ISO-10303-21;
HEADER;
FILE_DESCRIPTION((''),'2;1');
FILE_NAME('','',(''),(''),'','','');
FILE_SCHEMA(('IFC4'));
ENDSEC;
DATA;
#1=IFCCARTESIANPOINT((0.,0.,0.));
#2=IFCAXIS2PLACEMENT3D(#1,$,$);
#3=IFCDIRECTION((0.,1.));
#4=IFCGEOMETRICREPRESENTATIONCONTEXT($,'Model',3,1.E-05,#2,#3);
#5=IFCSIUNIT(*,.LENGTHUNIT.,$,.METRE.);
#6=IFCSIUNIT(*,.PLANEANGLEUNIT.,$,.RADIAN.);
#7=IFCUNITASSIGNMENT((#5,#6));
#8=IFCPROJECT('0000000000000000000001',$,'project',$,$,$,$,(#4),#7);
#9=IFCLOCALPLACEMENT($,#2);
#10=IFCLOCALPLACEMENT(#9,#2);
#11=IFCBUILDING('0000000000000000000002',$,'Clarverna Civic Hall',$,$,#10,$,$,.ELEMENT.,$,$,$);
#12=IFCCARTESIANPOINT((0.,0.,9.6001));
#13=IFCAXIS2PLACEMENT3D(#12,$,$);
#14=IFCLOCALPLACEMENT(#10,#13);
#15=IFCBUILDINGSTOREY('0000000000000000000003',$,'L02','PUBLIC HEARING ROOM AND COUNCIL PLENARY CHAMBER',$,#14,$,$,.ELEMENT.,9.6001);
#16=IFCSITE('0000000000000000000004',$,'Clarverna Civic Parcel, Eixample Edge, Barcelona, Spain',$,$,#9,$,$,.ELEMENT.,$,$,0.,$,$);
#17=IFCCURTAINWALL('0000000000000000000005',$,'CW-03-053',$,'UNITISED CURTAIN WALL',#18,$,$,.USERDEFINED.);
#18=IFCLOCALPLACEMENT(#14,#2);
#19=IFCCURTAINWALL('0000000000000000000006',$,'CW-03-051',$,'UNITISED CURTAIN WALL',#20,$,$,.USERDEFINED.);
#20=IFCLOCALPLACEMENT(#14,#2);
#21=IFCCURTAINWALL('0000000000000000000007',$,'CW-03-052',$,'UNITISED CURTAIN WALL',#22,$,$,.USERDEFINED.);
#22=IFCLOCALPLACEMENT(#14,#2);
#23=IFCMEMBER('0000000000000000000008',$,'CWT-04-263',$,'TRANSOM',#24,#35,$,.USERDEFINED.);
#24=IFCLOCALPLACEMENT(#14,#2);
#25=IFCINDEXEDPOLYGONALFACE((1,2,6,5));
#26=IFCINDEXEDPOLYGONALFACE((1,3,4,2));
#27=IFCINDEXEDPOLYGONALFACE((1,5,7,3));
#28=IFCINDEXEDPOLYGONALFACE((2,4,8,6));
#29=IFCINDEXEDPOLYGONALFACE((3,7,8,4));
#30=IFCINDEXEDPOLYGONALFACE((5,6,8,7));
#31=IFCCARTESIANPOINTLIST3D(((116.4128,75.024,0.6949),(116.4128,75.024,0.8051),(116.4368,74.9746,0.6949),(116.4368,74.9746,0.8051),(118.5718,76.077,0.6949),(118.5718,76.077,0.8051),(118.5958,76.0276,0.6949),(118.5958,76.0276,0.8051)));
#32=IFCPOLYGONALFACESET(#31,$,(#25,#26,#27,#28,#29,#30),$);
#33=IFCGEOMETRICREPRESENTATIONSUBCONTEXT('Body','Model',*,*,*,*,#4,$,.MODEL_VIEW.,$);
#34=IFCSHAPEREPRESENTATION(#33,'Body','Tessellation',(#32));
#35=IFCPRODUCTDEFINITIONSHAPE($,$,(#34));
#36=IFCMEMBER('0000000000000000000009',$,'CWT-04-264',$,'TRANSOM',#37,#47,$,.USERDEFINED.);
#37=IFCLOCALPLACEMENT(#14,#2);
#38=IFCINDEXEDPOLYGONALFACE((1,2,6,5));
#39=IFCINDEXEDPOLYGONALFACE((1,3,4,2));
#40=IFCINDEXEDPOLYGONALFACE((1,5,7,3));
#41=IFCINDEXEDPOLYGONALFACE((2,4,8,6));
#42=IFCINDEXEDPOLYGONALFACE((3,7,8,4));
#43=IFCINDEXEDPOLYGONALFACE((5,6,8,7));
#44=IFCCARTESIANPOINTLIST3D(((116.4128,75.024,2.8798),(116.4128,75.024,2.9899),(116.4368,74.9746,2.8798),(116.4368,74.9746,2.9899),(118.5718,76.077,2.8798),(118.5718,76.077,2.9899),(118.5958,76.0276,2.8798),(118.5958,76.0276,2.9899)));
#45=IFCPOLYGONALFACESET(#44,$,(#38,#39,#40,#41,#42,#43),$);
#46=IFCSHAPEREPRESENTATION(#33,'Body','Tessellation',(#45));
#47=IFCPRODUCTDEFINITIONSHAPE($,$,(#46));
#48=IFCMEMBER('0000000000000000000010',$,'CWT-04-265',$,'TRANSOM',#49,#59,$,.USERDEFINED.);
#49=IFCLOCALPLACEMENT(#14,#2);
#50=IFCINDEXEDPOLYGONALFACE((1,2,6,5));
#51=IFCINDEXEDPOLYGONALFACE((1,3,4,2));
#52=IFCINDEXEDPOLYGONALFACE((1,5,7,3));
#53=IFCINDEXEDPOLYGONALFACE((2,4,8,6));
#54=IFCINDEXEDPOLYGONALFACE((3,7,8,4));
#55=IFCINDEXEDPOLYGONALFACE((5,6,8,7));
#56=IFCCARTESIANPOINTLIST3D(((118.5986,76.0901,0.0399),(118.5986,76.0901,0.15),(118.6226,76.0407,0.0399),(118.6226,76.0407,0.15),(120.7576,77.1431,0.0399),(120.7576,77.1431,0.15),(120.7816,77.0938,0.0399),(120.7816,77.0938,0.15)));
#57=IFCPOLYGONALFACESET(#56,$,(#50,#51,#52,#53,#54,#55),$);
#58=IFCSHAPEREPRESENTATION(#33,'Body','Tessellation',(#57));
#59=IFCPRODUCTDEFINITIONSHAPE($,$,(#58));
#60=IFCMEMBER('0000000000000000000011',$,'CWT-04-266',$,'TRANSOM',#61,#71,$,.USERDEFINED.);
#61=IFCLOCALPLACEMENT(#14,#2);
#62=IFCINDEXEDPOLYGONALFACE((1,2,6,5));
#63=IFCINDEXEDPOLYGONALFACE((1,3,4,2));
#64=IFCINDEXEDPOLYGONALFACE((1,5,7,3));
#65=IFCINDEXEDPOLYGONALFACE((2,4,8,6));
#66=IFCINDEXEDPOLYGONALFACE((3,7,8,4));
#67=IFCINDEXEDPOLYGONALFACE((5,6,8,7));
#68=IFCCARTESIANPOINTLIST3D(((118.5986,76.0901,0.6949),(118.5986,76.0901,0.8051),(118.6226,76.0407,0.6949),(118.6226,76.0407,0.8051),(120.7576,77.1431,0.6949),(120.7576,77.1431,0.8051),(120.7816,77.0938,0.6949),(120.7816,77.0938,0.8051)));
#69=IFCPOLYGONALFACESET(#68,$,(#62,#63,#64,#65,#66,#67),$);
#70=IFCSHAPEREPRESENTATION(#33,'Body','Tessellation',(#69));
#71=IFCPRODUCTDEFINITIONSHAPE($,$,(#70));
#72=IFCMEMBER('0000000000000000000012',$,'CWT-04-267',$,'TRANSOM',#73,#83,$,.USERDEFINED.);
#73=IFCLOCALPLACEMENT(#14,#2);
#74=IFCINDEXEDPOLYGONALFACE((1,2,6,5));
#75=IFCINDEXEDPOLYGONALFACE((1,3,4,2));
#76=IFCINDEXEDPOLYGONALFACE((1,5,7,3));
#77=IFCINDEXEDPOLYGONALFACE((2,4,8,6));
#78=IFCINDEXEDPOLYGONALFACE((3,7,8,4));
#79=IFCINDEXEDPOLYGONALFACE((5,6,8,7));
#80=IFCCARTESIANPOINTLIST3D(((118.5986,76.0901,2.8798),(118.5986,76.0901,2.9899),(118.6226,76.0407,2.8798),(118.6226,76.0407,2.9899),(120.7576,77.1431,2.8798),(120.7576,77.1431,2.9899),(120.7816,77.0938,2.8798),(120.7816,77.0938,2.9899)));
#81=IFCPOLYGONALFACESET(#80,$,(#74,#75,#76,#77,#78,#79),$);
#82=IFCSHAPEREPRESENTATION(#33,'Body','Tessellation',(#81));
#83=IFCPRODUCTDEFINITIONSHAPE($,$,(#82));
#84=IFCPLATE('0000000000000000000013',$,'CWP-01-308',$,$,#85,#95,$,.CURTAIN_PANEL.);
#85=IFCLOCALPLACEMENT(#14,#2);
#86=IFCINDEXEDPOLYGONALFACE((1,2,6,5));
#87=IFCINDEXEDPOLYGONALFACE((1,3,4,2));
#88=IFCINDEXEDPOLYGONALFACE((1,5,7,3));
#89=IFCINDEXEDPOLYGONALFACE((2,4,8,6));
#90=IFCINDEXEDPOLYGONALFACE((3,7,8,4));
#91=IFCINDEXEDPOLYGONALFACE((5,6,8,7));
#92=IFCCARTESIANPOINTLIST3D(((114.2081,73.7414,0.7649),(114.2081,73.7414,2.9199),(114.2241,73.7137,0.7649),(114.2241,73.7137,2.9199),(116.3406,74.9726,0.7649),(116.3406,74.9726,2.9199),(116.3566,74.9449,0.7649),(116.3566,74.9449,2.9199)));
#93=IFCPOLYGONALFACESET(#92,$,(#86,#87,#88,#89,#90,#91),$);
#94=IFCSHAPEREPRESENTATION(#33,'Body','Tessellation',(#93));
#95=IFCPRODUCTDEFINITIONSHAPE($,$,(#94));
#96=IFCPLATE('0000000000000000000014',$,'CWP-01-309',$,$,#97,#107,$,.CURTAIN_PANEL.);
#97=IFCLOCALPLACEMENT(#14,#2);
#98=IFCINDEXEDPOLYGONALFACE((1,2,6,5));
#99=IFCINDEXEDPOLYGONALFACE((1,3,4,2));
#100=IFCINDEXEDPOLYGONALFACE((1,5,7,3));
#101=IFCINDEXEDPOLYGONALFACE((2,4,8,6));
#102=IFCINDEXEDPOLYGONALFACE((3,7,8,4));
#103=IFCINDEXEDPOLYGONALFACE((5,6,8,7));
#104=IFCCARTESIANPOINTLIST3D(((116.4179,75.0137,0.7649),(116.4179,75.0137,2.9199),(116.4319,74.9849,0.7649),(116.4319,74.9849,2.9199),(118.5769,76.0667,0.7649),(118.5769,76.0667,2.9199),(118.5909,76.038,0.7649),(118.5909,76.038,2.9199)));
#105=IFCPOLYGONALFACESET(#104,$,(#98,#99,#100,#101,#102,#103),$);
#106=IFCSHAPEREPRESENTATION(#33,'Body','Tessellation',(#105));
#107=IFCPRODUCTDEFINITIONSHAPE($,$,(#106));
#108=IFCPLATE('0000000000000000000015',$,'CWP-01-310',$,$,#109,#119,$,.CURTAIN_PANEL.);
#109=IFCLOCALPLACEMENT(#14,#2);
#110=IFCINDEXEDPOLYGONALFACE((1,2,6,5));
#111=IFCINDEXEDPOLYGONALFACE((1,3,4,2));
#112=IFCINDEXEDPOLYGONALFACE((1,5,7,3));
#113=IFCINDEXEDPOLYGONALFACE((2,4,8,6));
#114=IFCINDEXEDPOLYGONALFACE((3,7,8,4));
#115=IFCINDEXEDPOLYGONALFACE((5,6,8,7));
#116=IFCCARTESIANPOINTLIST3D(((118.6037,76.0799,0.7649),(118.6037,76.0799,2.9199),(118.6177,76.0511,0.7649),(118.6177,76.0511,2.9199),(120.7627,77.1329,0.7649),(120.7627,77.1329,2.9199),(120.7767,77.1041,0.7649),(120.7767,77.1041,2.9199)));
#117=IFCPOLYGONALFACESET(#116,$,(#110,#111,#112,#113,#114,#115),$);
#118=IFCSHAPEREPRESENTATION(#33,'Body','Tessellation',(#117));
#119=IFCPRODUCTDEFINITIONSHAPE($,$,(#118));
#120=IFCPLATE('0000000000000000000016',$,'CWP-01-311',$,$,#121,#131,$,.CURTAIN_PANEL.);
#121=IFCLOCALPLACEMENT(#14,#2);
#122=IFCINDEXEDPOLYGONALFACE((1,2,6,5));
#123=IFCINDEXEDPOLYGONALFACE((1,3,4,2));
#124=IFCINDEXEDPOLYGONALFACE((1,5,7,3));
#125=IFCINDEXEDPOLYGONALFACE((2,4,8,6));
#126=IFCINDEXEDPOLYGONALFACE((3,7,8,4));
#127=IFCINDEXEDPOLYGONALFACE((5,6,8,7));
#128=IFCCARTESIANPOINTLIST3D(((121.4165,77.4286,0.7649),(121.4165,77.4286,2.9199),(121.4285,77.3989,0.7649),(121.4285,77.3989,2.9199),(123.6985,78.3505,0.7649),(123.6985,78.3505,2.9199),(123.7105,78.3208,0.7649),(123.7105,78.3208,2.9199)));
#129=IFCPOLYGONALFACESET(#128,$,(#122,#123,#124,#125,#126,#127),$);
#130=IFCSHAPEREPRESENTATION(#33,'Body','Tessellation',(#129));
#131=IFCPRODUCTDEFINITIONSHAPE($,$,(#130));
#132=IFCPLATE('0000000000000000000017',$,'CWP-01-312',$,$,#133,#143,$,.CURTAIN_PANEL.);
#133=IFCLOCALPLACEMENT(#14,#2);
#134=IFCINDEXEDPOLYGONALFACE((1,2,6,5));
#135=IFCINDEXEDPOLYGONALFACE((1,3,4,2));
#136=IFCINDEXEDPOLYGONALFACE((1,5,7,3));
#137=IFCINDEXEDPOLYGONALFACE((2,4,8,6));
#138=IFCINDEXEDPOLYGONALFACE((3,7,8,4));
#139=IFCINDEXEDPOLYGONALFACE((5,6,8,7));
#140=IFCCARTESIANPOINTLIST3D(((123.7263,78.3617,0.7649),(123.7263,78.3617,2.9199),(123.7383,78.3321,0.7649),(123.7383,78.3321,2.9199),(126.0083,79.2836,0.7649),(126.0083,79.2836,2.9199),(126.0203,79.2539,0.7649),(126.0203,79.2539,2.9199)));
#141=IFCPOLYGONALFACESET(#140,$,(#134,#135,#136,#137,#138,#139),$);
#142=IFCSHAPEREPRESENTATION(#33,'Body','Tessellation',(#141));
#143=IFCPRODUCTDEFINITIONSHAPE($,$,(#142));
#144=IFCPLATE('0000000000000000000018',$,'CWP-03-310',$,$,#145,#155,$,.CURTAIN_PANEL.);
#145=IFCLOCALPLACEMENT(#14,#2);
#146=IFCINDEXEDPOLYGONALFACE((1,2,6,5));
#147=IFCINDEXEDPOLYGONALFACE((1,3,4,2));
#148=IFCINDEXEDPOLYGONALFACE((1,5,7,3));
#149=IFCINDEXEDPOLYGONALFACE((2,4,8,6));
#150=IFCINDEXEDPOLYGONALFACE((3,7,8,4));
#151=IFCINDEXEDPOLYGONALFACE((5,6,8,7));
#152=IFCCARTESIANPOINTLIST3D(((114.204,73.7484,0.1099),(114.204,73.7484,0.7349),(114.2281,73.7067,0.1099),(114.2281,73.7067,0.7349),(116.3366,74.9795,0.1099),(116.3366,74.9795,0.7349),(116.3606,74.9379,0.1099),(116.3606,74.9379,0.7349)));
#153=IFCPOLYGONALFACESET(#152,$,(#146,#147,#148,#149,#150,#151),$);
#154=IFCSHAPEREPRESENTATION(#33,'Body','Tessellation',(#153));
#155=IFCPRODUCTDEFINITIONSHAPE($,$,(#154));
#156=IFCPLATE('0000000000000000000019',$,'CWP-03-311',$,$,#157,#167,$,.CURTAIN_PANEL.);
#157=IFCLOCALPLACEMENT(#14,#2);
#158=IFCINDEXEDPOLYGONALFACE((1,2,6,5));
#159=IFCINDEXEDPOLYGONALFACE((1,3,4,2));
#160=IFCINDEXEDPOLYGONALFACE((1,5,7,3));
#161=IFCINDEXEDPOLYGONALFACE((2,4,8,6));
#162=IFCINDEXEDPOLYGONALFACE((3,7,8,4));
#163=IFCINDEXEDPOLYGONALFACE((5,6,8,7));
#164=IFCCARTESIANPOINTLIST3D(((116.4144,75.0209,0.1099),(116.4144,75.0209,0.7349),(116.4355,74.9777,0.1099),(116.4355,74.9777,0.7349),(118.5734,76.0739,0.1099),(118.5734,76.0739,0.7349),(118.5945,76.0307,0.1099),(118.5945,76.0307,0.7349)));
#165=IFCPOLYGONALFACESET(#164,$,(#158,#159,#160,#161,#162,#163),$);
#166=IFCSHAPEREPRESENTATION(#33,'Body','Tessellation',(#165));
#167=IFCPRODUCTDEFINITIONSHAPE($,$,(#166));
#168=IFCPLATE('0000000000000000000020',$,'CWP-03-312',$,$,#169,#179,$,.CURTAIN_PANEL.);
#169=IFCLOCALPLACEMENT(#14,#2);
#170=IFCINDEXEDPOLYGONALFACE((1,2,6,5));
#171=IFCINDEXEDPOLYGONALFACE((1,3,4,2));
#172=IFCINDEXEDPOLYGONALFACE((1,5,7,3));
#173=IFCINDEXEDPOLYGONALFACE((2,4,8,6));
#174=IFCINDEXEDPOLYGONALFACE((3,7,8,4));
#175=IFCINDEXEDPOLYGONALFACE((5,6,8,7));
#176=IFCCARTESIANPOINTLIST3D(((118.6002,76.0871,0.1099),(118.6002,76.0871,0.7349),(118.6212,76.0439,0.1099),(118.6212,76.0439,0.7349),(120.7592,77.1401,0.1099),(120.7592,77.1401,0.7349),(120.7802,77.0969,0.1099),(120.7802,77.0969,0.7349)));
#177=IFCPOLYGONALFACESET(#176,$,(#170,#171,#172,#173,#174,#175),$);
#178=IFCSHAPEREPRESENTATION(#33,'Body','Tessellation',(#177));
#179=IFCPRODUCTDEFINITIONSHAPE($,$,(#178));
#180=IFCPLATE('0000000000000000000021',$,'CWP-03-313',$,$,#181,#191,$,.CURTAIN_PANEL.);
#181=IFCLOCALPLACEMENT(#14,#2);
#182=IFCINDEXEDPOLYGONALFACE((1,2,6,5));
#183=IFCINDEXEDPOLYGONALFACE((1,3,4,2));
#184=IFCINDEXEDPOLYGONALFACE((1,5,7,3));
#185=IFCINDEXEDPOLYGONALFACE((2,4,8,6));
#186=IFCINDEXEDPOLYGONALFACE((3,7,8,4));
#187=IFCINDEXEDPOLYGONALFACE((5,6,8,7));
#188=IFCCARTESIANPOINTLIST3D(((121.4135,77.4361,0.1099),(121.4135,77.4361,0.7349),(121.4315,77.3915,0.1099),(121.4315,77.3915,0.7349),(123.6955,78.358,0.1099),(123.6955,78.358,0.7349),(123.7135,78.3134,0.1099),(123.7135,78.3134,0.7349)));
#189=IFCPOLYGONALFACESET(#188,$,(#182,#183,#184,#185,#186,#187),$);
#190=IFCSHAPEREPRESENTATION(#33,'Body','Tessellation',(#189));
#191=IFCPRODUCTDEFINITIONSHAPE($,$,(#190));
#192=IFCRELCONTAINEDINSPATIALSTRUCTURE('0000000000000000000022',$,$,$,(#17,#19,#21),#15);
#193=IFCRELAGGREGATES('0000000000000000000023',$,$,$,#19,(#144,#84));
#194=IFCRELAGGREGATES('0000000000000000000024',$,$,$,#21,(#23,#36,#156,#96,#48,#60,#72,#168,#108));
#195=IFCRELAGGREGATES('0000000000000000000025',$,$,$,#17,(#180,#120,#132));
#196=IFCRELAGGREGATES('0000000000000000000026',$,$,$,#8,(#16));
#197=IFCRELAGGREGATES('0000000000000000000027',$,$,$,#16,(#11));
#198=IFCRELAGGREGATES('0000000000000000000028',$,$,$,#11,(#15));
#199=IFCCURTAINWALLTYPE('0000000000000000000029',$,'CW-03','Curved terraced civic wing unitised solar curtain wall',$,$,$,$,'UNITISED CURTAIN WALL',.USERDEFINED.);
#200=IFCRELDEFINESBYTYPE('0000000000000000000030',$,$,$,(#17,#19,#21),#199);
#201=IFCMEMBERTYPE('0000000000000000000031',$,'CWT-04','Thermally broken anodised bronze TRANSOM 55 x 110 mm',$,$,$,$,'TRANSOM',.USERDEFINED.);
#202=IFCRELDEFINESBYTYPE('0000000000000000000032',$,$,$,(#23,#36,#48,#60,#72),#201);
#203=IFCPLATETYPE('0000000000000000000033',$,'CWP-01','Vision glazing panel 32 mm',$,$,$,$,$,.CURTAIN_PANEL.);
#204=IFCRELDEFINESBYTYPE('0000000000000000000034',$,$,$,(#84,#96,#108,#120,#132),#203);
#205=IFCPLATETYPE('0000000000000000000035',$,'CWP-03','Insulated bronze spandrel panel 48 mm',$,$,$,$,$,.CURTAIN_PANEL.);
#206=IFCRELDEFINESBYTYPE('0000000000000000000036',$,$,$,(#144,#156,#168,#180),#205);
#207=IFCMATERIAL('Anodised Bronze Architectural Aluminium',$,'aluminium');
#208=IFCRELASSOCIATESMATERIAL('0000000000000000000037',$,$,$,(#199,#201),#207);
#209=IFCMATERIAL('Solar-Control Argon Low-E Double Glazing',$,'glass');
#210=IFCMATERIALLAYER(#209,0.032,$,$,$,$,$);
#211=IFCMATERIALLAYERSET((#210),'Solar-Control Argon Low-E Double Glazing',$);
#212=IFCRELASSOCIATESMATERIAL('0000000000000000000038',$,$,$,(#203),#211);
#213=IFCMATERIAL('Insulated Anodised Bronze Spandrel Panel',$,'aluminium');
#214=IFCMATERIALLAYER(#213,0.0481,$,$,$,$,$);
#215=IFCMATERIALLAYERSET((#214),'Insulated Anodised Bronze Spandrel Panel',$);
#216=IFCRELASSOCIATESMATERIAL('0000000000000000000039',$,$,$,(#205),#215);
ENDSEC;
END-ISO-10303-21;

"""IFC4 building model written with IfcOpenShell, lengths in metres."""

from ifc_helpers import new_model, si_unit, direction, frame, frame_2d, origin, origin_2d, place, context, subcontext, project, spatial, rectangle, extrude, material, layer, layer_set, material_profile, profile_set, type_object, element, aggregate, save


model = new_model("IFC4")

# Units and contexts
model_context = context("Model", 3, precision=1e-05, world=origin(), true_north=direction((0.0, 1.0)))
body_context = subcontext(model_context, "Body", "Model", "MODEL_VIEW")
ifc_project = project(units=[si_unit("LENGTHUNIT", "METRE"), si_unit("PLANEANGLEUNIT", "RADIAN")], contexts=[model_context])

# Site, building, storey
site_placement = place(None, origin())
site = spatial("IfcSite", under=ifc_project, at=site_placement, Name="Clarverna Civic Parcel, Eixample Edge, Barcelona, Spain", CompositionType="ELEMENT", RefElevation=0.0)
building_placement = place(site_placement, origin())
building = spatial("IfcBuilding", under=site, at=building_placement, Name="Clarverna Civic Hall", CompositionType="ELEMENT")
storey_placement = place(building_placement, frame((0.0, 0.0, 9.6001)))
storey = spatial("IfcBuildingStorey", under=building, at=storey_placement, Name="L02", Description="PUBLIC HEARING ROOM AND COUNCIL PLENARY CHAMBER", CompositionType="ELEMENT", Elevation=9.6001)

# Curtain wall
ifc_material_1 = material(Name="Anodised Bronze Architectural Aluminium", Category="aluminium")
curtain_wall_type = type_object("IfcCurtainWallType", Name="CW-03", Description="Curved terraced civic wing unitised solar curtain wall", ElementType="UNITISED CURTAIN WALL", PredefinedType="USERDEFINED", material=ifc_material_1)
curtain_wall_1_placement = place(storey_placement, origin())
curtain_wall_1 = element("IfcCurtainWall", 1, at=curtain_wall_1_placement, inside=storey, type_object=curtain_wall_type, Name="CW-03-053", ObjectType="UNITISED CURTAIN WALL", PredefinedType="USERDEFINED")

# Curtain walls
curtain_wall_2_placement = place(storey_placement, origin())
curtain_wall_2 = element("IfcCurtainWall", 2, at=curtain_wall_2_placement, inside=storey, type_object=curtain_wall_type, Name="CW-03-051", ObjectType="UNITISED CURTAIN WALL", PredefinedType="USERDEFINED")
curtain_wall_3_placement = place(storey_placement, origin())
curtain_wall_3 = element("IfcCurtainWall", 3, at=curtain_wall_3_placement, inside=storey, type_object=curtain_wall_type, Name="CW-03-052", ObjectType="UNITISED CURTAIN WALL", PredefinedType="USERDEFINED")

# Members
ifc_material_profile_1 = material_profile(ifc_material_1, rectangle(XDim=0.0549, YDim=0.1101, at=origin_2d()), Name="BRONZE 55x110")
ifc_profile_set_1 = profile_set([ifc_material_profile_1], Name="Anodised Bronze Architectural Aluminium")
member_type_1 = type_object("IfcMemberType", Name="CWT-04", Description="Thermally broken anodised bronze TRANSOM 55 x 110 mm", ElementType="TRANSOM", PredefinedType="USERDEFINED", material=ifc_profile_set_1)
member_1_placement = place(storey_placement, frame((116.4248, 74.9993, 0.75), z_axis=(0.898795, 0.43837, 0.0), x_axis=(-0.43837, 0.898795, 0.0)))
member_1 = element("IfcMember", 4, at=member_1_placement, type_object=member_type_1, Name="CWT-04-263", ObjectType="TRANSOM", PredefinedType="USERDEFINED", context=body_context, shape_type="SweptSolid", body=[
    extrude(rectangle(XDim=0.0549, YDim=0.1101, at=origin_2d()), origin(), (0.0, 0.0, 1.0), 2.4021),
])
member_2_placement = place(storey_placement, frame((116.4248, 74.9993, 2.9348), z_axis=(0.898795, 0.43837, 0.0), x_axis=(-0.43837, 0.898795, 0.0)))
member_2 = element("IfcMember", 5, at=member_2_placement, type_object=member_type_1, Name="CWT-04-264", ObjectType="TRANSOM", PredefinedType="USERDEFINED", context=body_context, shape_type="SweptSolid", body=[
    extrude(rectangle(XDim=0.0549, YDim=0.1101, at=origin_2d()), origin(), (0.0, 0.0, 1.0), 2.4021),
])
member_3_placement = place(storey_placement, frame((118.6106, 76.0654, 0.095), z_axis=(0.898795, 0.43837, 0.0), x_axis=(-0.43837, 0.898795, 0.0)))
member_3 = element("IfcMember", 6, at=member_3_placement, type_object=member_type_1, Name="CWT-04-265", ObjectType="TRANSOM", PredefinedType="USERDEFINED", context=body_context, shape_type="SweptSolid", body=[
    extrude(rectangle(XDim=0.0549, YDim=0.1101, at=origin_2d()), origin(), (0.0, 0.0, 1.0), 2.4021),
])
member_4_placement = place(storey_placement, frame((118.6106, 76.0654, 0.75), z_axis=(0.898795, 0.43837, 0.0), x_axis=(-0.43837, 0.898795, 0.0)))
member_4 = element("IfcMember", 7, at=member_4_placement, type_object=member_type_1, Name="CWT-04-266", ObjectType="TRANSOM", PredefinedType="USERDEFINED", context=body_context, shape_type="SweptSolid", body=[
    extrude(rectangle(XDim=0.0549, YDim=0.1101, at=origin_2d()), origin(), (0.0, 0.0, 1.0), 2.4021),
])
member_5_placement = place(storey_placement, frame((118.6106, 76.0654, 2.9348), z_axis=(0.898795, 0.43837, 0.0), x_axis=(-0.43837, 0.898795, 0.0)))
member_5 = element("IfcMember", 8, at=member_5_placement, type_object=member_type_1, Name="CWT-04-267", ObjectType="TRANSOM", PredefinedType="USERDEFINED", context=body_context, shape_type="SweptSolid", body=[
    extrude(rectangle(XDim=0.0549, YDim=0.1101, at=origin_2d()), origin(), (0.0, 0.0, 1.0), 2.4021),
])

# Plates
ifc_material_2 = material(Name="Solar-Control Argon Low-E Double Glazing", Category="glass")
ifc_layer_1 = layer(ifc_material_2, 0.032)
ifc_layer_set_1 = layer_set([ifc_layer_1], Name="Solar-Control Argon Low-E Double Glazing")
plate_type_1 = type_object("IfcPlateType", Name="CWP-01", Description="Vision glazing panel 32 mm", PredefinedType="CURTAIN_PANEL", material=ifc_layer_set_1)
plate_1_placement = place(storey_placement, frame((114.2161, 73.7275, 0.7649), z_axis=(0.0, 0.0, 1.0), x_axis=(0.866032, 0.499989, 0.0)))
plate_1 = element("IfcPlate", 9, at=plate_1_placement, type_object=plate_type_1, Name="CWP-01-308", PredefinedType="CURTAIN_PANEL", context=body_context, shape_type="SweptSolid", body=[
    extrude(rectangle(XDim=2.4624, YDim=0.032, at=frame_2d((1.2312, 0.0))), origin(), (0.0, 0.0, 1.0), 2.155),
])
plate_2_placement = place(storey_placement, frame((116.4248, 74.9993, 0.7649), z_axis=(0.0, 0.0, 1.0), x_axis=(0.898795, 0.43837, 0.0)))
plate_2 = element("IfcPlate", 10, at=plate_2_placement, type_object=plate_type_1, Name="CWP-01-309", PredefinedType="CURTAIN_PANEL", context=body_context, shape_type="SweptSolid", body=[
    extrude(rectangle(XDim=2.4021, YDim=0.032, at=frame_2d((1.2012, 0.0))), origin(), (0.0, 0.0, 1.0), 2.155),
])
plate_3_placement = place(storey_placement, frame((118.6106, 76.0654, 0.7649), z_axis=(0.0, 0.0, 1.0), x_axis=(0.898795, 0.43837, 0.0)))
plate_3 = element("IfcPlate", 11, at=plate_3_placement, type_object=plate_type_1, Name="CWP-01-310", PredefinedType="CURTAIN_PANEL", context=body_context, shape_type="SweptSolid", body=[
    extrude(rectangle(XDim=2.4021, YDim=0.032, at=frame_2d((1.2012, 0.0))), origin(), (0.0, 0.0, 1.0), 2.155),
])
plate_4_placement = place(storey_placement, frame((121.4226, 77.4138, 0.7649), z_axis=(0.0, 0.0, 1.0), x_axis=(0.927199, 0.37457, 0.0)))
plate_4 = element("IfcPlate", 12, at=plate_4_placement, type_object=plate_type_1, Name="CWP-01-311", PredefinedType="CURTAIN_PANEL", context=body_context, shape_type="SweptSolid", body=[
    extrude(rectangle(XDim=2.4612, YDim=0.032, at=frame_2d((1.2305, 0.0))), origin(), (0.0, 0.0, 1.0), 2.155),
])
plate_5_placement = place(storey_placement, frame((123.7324, 78.3469, 0.7649), z_axis=(0.0, 0.0, 1.0), x_axis=(0.927199, 0.37457, 0.0)))
plate_5 = element("IfcPlate", 13, at=plate_5_placement, type_object=plate_type_1, Name="CWP-01-312", PredefinedType="CURTAIN_PANEL", context=body_context, shape_type="SweptSolid", body=[
    extrude(rectangle(XDim=2.4612, YDim=0.032, at=frame_2d((1.2305, 0.0))), origin(), (0.0, 0.0, 1.0), 2.155),
])
ifc_material_3 = material(Name="Insulated Anodised Bronze Spandrel Panel", Category="aluminium")
ifc_layer_2 = layer(ifc_material_3, 0.0481)
ifc_layer_set_2 = layer_set([ifc_layer_2], Name="Insulated Anodised Bronze Spandrel Panel")
plate_type_2 = type_object("IfcPlateType", Name="CWP-03", Description="Insulated bronze spandrel panel 48 mm", PredefinedType="CURTAIN_PANEL", material=ifc_layer_set_2)
plate_6_placement = place(storey_placement, frame((114.2161, 73.7275, 0.1099), z_axis=(0.0, 0.0, 1.0), x_axis=(0.866032, 0.499989, 0.0)))
plate_6 = element("IfcPlate", 14, at=plate_6_placement, type_object=plate_type_2, Name="CWP-03-310", PredefinedType="CURTAIN_PANEL", context=body_context, shape_type="SweptSolid", body=[
    extrude(rectangle(XDim=2.4624, YDim=0.0481, at=frame_2d((1.2312, 0.0))), origin(), (0.0, 0.0, 1.0), 0.625),
])
aggregate(curtain_wall_2, [plate_6, plate_1])
plate_7_placement = place(storey_placement, frame((116.4248, 74.9993, 0.1099), z_axis=(0.0, 0.0, 1.0), x_axis=(0.898795, 0.43837, 0.0)))
plate_7 = element("IfcPlate", 15, at=plate_7_placement, type_object=plate_type_2, Name="CWP-03-311", PredefinedType="CURTAIN_PANEL", context=body_context, shape_type="SweptSolid", body=[
    extrude(rectangle(XDim=2.4021, YDim=0.0481, at=frame_2d((1.2012, 0.0))), origin(), (0.0, 0.0, 1.0), 0.625),
])
plate_8_placement = place(storey_placement, frame((118.6106, 76.0654, 0.1099), z_axis=(0.0, 0.0, 1.0), x_axis=(0.898795, 0.43837, 0.0)))
plate_8 = element("IfcPlate", 16, at=plate_8_placement, type_object=plate_type_2, Name="CWP-03-312", PredefinedType="CURTAIN_PANEL", context=body_context, shape_type="SweptSolid", body=[
    extrude(rectangle(XDim=2.4021, YDim=0.0481, at=frame_2d((1.2012, 0.0))), origin(), (0.0, 0.0, 1.0), 0.625),
])
aggregate(curtain_wall_3, [member_1, member_2, plate_7, plate_2, member_3, member_4, member_5, plate_8, plate_3])
plate_9_placement = place(storey_placement, frame((121.4226, 77.4138, 0.1099), z_axis=(0.0, 0.0, 1.0), x_axis=(0.927199, 0.37457, 0.0)))
plate_9 = element("IfcPlate", 17, at=plate_9_placement, type_object=plate_type_2, Name="CWP-03-313", PredefinedType="CURTAIN_PANEL", context=body_context, shape_type="SweptSolid", body=[
    extrude(rectangle(XDim=2.4612, YDim=0.0481, at=frame_2d((1.2305, 0.0))), origin(), (0.0, 0.0, 1.0), 0.625),
])
aggregate(curtain_wall_1, [plate_9, plate_4, plate_5])

save(model, "model.ifc")
